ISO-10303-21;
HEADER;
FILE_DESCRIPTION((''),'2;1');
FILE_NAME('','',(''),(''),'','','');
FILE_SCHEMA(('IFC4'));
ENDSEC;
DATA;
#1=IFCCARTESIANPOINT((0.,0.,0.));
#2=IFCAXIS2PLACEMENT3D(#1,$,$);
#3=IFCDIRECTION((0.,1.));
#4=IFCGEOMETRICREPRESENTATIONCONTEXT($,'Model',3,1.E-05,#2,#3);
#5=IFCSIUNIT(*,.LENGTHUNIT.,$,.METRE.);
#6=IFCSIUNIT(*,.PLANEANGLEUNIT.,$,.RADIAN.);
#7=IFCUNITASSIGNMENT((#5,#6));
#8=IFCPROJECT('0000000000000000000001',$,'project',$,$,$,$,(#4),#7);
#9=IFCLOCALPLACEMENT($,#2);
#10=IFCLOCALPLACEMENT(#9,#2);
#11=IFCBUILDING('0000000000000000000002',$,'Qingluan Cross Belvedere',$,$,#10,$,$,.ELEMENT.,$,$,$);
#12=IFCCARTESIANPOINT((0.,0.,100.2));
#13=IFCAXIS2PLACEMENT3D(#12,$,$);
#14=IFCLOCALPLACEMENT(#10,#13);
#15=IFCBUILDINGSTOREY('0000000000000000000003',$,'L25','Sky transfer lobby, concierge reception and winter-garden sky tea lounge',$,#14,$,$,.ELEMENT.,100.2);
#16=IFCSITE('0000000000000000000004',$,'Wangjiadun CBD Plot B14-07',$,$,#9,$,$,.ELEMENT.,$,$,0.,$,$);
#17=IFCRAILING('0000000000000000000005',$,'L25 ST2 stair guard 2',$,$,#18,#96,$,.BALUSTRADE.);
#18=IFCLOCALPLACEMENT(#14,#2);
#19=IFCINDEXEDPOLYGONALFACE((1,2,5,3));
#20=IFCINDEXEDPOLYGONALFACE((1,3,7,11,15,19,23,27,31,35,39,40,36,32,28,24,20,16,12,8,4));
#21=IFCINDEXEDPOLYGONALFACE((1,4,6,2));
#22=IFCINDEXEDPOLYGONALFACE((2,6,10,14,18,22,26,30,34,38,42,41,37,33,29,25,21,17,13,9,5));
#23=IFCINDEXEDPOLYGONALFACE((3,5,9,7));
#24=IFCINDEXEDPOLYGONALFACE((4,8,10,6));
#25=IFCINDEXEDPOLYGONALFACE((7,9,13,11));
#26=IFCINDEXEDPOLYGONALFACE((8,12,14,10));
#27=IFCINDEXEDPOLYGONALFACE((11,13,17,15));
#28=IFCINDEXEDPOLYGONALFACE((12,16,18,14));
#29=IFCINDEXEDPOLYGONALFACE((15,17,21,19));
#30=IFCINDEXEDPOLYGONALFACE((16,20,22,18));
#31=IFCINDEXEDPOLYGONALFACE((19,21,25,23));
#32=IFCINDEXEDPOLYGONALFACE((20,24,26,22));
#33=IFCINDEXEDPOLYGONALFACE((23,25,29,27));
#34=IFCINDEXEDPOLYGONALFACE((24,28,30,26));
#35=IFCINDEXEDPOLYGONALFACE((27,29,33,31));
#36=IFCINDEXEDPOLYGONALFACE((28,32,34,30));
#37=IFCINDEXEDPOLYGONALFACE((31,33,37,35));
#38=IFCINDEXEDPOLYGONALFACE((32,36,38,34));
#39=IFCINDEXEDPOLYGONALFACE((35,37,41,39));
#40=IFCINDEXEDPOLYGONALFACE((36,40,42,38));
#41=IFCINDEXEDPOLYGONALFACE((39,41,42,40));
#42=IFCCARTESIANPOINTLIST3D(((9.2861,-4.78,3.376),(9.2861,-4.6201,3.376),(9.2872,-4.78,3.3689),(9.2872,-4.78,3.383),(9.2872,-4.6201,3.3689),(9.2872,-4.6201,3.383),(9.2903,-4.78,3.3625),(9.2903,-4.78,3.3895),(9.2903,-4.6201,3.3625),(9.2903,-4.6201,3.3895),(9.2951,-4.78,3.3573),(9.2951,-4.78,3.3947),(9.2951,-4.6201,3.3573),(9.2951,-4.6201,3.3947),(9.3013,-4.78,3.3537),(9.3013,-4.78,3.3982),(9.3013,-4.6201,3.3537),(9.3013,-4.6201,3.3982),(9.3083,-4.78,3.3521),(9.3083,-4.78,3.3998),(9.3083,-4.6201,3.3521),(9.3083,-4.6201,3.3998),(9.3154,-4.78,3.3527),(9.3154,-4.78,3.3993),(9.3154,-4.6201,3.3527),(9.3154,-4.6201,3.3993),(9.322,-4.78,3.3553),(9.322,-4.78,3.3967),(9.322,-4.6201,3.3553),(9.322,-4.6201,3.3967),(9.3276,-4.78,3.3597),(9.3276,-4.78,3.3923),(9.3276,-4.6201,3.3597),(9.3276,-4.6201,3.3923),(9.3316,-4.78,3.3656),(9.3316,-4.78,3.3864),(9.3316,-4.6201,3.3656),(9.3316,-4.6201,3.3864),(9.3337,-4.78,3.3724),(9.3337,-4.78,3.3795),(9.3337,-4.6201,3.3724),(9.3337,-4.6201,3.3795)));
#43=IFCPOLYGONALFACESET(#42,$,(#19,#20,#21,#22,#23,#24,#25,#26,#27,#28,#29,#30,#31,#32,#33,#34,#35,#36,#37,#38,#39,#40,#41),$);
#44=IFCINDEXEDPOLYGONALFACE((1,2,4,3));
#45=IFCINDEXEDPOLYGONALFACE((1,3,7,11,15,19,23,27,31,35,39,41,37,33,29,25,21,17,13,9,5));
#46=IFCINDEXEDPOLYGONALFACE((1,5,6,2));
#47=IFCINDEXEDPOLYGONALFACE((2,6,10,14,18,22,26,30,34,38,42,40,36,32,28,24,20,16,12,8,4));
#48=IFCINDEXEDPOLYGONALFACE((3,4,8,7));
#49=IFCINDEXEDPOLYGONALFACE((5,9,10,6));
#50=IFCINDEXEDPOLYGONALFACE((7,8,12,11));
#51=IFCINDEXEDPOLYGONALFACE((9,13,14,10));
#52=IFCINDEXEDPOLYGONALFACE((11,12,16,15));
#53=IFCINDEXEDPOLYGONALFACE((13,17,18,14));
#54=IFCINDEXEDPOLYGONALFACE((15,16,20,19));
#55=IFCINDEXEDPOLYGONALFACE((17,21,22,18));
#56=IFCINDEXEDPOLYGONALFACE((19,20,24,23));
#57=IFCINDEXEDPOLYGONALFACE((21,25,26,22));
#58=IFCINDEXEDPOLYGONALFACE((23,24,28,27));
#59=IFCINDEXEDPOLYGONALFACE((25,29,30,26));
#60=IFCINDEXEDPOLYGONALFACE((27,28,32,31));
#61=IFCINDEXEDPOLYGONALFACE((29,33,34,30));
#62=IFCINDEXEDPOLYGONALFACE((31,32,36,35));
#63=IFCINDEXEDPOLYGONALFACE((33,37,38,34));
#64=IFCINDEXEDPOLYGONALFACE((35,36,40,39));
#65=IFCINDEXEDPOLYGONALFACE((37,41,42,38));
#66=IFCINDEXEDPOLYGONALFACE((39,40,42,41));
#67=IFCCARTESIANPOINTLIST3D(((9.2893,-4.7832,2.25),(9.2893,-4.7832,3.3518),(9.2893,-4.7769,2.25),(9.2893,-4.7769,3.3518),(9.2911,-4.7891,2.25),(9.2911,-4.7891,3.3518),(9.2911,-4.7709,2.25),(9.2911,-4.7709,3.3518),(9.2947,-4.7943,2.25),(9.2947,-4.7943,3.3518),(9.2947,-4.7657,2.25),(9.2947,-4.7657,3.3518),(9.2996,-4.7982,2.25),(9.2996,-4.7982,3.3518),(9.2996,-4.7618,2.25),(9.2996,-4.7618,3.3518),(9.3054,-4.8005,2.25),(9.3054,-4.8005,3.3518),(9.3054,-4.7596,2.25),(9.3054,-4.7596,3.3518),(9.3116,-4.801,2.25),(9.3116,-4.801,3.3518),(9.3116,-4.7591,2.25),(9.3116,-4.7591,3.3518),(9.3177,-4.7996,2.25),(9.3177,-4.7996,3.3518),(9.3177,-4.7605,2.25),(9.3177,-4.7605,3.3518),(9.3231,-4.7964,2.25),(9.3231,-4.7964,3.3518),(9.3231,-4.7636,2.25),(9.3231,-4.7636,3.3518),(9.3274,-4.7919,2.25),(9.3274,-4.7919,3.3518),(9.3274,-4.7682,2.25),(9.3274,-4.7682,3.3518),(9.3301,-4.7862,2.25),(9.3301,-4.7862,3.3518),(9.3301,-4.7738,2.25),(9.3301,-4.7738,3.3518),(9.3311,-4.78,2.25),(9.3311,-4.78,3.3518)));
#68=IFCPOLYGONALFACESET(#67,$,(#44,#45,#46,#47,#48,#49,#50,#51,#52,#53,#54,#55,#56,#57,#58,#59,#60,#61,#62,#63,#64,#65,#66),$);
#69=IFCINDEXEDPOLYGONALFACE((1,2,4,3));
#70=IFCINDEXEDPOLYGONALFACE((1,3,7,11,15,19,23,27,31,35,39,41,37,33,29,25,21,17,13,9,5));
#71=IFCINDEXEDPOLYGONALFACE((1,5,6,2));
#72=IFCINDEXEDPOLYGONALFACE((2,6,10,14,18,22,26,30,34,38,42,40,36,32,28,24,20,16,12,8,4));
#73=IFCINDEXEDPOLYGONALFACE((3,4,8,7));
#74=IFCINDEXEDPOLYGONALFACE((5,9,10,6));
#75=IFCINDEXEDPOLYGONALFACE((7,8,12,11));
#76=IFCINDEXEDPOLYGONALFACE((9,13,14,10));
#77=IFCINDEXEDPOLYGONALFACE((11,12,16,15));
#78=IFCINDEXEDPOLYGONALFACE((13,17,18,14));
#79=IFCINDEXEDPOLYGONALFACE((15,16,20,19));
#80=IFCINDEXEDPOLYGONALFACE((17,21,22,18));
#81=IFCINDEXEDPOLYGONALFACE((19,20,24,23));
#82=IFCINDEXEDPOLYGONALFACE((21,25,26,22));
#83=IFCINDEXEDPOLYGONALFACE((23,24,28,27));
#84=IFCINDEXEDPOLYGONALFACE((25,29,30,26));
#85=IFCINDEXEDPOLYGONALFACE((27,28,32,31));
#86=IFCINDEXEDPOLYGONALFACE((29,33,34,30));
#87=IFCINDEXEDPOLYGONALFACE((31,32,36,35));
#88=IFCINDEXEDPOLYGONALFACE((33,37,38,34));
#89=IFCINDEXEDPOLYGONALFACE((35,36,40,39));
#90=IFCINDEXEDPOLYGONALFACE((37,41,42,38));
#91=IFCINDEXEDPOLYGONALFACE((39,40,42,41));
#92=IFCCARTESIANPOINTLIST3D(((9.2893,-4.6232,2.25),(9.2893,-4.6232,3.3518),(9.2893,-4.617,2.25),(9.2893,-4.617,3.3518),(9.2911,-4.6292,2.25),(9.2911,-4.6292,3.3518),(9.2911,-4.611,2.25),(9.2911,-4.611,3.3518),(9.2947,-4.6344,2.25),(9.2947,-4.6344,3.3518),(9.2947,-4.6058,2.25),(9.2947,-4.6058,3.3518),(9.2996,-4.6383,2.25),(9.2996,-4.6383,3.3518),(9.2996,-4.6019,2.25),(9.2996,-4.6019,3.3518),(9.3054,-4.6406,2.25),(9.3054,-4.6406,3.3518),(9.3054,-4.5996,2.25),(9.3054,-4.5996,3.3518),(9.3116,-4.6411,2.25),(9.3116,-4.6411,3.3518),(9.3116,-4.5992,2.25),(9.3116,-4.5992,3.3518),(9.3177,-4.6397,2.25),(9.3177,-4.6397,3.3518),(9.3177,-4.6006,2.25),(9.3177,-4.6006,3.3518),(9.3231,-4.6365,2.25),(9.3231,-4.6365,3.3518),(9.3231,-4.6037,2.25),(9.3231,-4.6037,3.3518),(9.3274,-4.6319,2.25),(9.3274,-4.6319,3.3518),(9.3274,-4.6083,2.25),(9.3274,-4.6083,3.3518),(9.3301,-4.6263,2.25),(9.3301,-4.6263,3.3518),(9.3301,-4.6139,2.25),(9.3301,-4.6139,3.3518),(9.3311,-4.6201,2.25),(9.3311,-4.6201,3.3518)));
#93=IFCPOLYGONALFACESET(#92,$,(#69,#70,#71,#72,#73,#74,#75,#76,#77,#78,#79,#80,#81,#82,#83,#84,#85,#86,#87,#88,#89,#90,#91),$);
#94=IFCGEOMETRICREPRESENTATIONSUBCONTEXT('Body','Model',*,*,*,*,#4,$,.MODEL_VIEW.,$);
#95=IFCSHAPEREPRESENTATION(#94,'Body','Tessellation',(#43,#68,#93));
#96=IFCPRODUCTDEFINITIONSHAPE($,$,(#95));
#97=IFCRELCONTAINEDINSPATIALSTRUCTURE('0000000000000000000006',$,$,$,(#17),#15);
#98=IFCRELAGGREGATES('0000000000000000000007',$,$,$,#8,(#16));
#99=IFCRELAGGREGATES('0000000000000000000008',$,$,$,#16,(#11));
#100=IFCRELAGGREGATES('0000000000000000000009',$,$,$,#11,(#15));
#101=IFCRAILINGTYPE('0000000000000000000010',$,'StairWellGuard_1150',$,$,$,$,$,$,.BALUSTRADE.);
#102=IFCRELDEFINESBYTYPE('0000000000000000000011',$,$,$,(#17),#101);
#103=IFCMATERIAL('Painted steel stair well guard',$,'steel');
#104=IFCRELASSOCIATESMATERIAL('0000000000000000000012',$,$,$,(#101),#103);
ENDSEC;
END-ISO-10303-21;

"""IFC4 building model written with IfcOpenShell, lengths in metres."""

from ifc_helpers import new_model, si_unit, direction, frame, origin, origin_2d, place, context, subcontext, project, spatial, circle, extrude, material, type_object, element, save


model = new_model("IFC4")

# Units and contexts
model_context = context("Model", 3, precision=1e-05, world=origin(), true_north=direction((0.0, 1.0)))
body_context = subcontext(model_context, "Body", "Model", "MODEL_VIEW")
ifc_project = project(units=[si_unit("LENGTHUNIT", "METRE"), si_unit("PLANEANGLEUNIT", "RADIAN")], contexts=[model_context])

# Site, building, storey
site_placement = place(None, origin())
site = spatial("IfcSite", under=ifc_project, at=site_placement, Name="Wangjiadun CBD Plot B14-07", CompositionType="ELEMENT", RefElevation=0.0)
building_placement = place(site_placement, origin())
building = spatial("IfcBuilding", under=site, at=building_placement, Name="Qingluan Cross Belvedere", CompositionType="ELEMENT")
storey_placement = place(building_placement, frame((0.0, 0.0, 100.2)))
storey = spatial("IfcBuildingStorey", under=building, at=storey_placement, Name="L25", Description="Sky transfer lobby, concierge reception and winter-garden sky tea lounge", CompositionType="ELEMENT", Elevation=100.2)

# Railing
ifc_material_1 = material(Name="Painted steel stair well guard", Category="steel")
railing_type_1 = type_object("IfcRailingType", Name="StairWellGuard_1150", PredefinedType="BALUSTRADE", material=ifc_material_1)
railing_1_placement = place(storey_placement, frame((9.3101, -4.78, 2.25)))
element("IfcRailing", 1, at=railing_1_placement, inside=storey, type_object=railing_type_1, Name="L25 ST2 stair guard 2", PredefinedType="BALUSTRADE", context=body_context, shape_type="SweptSolid", body=[
    extrude(circle(Radius=0.0239, at=origin_2d()), frame((0.0, 0.0, 1.126), z_axis=(0.0, 1.0, 0.0), x_axis=(-1.0, 0.0, 0.0)), (0.0, 0.0, 1.0), 0.1599),
    extrude(circle(Radius=0.021, at=origin_2d()), origin(), (0.0, 0.0, 1.0), 1.1018),
    extrude(circle(Radius=0.021, at=origin_2d()), frame((0.0, 0.1599, 0.0)), (0.0, 0.0, 1.0), 1.1018),
])

save(model, "model.ifc")
